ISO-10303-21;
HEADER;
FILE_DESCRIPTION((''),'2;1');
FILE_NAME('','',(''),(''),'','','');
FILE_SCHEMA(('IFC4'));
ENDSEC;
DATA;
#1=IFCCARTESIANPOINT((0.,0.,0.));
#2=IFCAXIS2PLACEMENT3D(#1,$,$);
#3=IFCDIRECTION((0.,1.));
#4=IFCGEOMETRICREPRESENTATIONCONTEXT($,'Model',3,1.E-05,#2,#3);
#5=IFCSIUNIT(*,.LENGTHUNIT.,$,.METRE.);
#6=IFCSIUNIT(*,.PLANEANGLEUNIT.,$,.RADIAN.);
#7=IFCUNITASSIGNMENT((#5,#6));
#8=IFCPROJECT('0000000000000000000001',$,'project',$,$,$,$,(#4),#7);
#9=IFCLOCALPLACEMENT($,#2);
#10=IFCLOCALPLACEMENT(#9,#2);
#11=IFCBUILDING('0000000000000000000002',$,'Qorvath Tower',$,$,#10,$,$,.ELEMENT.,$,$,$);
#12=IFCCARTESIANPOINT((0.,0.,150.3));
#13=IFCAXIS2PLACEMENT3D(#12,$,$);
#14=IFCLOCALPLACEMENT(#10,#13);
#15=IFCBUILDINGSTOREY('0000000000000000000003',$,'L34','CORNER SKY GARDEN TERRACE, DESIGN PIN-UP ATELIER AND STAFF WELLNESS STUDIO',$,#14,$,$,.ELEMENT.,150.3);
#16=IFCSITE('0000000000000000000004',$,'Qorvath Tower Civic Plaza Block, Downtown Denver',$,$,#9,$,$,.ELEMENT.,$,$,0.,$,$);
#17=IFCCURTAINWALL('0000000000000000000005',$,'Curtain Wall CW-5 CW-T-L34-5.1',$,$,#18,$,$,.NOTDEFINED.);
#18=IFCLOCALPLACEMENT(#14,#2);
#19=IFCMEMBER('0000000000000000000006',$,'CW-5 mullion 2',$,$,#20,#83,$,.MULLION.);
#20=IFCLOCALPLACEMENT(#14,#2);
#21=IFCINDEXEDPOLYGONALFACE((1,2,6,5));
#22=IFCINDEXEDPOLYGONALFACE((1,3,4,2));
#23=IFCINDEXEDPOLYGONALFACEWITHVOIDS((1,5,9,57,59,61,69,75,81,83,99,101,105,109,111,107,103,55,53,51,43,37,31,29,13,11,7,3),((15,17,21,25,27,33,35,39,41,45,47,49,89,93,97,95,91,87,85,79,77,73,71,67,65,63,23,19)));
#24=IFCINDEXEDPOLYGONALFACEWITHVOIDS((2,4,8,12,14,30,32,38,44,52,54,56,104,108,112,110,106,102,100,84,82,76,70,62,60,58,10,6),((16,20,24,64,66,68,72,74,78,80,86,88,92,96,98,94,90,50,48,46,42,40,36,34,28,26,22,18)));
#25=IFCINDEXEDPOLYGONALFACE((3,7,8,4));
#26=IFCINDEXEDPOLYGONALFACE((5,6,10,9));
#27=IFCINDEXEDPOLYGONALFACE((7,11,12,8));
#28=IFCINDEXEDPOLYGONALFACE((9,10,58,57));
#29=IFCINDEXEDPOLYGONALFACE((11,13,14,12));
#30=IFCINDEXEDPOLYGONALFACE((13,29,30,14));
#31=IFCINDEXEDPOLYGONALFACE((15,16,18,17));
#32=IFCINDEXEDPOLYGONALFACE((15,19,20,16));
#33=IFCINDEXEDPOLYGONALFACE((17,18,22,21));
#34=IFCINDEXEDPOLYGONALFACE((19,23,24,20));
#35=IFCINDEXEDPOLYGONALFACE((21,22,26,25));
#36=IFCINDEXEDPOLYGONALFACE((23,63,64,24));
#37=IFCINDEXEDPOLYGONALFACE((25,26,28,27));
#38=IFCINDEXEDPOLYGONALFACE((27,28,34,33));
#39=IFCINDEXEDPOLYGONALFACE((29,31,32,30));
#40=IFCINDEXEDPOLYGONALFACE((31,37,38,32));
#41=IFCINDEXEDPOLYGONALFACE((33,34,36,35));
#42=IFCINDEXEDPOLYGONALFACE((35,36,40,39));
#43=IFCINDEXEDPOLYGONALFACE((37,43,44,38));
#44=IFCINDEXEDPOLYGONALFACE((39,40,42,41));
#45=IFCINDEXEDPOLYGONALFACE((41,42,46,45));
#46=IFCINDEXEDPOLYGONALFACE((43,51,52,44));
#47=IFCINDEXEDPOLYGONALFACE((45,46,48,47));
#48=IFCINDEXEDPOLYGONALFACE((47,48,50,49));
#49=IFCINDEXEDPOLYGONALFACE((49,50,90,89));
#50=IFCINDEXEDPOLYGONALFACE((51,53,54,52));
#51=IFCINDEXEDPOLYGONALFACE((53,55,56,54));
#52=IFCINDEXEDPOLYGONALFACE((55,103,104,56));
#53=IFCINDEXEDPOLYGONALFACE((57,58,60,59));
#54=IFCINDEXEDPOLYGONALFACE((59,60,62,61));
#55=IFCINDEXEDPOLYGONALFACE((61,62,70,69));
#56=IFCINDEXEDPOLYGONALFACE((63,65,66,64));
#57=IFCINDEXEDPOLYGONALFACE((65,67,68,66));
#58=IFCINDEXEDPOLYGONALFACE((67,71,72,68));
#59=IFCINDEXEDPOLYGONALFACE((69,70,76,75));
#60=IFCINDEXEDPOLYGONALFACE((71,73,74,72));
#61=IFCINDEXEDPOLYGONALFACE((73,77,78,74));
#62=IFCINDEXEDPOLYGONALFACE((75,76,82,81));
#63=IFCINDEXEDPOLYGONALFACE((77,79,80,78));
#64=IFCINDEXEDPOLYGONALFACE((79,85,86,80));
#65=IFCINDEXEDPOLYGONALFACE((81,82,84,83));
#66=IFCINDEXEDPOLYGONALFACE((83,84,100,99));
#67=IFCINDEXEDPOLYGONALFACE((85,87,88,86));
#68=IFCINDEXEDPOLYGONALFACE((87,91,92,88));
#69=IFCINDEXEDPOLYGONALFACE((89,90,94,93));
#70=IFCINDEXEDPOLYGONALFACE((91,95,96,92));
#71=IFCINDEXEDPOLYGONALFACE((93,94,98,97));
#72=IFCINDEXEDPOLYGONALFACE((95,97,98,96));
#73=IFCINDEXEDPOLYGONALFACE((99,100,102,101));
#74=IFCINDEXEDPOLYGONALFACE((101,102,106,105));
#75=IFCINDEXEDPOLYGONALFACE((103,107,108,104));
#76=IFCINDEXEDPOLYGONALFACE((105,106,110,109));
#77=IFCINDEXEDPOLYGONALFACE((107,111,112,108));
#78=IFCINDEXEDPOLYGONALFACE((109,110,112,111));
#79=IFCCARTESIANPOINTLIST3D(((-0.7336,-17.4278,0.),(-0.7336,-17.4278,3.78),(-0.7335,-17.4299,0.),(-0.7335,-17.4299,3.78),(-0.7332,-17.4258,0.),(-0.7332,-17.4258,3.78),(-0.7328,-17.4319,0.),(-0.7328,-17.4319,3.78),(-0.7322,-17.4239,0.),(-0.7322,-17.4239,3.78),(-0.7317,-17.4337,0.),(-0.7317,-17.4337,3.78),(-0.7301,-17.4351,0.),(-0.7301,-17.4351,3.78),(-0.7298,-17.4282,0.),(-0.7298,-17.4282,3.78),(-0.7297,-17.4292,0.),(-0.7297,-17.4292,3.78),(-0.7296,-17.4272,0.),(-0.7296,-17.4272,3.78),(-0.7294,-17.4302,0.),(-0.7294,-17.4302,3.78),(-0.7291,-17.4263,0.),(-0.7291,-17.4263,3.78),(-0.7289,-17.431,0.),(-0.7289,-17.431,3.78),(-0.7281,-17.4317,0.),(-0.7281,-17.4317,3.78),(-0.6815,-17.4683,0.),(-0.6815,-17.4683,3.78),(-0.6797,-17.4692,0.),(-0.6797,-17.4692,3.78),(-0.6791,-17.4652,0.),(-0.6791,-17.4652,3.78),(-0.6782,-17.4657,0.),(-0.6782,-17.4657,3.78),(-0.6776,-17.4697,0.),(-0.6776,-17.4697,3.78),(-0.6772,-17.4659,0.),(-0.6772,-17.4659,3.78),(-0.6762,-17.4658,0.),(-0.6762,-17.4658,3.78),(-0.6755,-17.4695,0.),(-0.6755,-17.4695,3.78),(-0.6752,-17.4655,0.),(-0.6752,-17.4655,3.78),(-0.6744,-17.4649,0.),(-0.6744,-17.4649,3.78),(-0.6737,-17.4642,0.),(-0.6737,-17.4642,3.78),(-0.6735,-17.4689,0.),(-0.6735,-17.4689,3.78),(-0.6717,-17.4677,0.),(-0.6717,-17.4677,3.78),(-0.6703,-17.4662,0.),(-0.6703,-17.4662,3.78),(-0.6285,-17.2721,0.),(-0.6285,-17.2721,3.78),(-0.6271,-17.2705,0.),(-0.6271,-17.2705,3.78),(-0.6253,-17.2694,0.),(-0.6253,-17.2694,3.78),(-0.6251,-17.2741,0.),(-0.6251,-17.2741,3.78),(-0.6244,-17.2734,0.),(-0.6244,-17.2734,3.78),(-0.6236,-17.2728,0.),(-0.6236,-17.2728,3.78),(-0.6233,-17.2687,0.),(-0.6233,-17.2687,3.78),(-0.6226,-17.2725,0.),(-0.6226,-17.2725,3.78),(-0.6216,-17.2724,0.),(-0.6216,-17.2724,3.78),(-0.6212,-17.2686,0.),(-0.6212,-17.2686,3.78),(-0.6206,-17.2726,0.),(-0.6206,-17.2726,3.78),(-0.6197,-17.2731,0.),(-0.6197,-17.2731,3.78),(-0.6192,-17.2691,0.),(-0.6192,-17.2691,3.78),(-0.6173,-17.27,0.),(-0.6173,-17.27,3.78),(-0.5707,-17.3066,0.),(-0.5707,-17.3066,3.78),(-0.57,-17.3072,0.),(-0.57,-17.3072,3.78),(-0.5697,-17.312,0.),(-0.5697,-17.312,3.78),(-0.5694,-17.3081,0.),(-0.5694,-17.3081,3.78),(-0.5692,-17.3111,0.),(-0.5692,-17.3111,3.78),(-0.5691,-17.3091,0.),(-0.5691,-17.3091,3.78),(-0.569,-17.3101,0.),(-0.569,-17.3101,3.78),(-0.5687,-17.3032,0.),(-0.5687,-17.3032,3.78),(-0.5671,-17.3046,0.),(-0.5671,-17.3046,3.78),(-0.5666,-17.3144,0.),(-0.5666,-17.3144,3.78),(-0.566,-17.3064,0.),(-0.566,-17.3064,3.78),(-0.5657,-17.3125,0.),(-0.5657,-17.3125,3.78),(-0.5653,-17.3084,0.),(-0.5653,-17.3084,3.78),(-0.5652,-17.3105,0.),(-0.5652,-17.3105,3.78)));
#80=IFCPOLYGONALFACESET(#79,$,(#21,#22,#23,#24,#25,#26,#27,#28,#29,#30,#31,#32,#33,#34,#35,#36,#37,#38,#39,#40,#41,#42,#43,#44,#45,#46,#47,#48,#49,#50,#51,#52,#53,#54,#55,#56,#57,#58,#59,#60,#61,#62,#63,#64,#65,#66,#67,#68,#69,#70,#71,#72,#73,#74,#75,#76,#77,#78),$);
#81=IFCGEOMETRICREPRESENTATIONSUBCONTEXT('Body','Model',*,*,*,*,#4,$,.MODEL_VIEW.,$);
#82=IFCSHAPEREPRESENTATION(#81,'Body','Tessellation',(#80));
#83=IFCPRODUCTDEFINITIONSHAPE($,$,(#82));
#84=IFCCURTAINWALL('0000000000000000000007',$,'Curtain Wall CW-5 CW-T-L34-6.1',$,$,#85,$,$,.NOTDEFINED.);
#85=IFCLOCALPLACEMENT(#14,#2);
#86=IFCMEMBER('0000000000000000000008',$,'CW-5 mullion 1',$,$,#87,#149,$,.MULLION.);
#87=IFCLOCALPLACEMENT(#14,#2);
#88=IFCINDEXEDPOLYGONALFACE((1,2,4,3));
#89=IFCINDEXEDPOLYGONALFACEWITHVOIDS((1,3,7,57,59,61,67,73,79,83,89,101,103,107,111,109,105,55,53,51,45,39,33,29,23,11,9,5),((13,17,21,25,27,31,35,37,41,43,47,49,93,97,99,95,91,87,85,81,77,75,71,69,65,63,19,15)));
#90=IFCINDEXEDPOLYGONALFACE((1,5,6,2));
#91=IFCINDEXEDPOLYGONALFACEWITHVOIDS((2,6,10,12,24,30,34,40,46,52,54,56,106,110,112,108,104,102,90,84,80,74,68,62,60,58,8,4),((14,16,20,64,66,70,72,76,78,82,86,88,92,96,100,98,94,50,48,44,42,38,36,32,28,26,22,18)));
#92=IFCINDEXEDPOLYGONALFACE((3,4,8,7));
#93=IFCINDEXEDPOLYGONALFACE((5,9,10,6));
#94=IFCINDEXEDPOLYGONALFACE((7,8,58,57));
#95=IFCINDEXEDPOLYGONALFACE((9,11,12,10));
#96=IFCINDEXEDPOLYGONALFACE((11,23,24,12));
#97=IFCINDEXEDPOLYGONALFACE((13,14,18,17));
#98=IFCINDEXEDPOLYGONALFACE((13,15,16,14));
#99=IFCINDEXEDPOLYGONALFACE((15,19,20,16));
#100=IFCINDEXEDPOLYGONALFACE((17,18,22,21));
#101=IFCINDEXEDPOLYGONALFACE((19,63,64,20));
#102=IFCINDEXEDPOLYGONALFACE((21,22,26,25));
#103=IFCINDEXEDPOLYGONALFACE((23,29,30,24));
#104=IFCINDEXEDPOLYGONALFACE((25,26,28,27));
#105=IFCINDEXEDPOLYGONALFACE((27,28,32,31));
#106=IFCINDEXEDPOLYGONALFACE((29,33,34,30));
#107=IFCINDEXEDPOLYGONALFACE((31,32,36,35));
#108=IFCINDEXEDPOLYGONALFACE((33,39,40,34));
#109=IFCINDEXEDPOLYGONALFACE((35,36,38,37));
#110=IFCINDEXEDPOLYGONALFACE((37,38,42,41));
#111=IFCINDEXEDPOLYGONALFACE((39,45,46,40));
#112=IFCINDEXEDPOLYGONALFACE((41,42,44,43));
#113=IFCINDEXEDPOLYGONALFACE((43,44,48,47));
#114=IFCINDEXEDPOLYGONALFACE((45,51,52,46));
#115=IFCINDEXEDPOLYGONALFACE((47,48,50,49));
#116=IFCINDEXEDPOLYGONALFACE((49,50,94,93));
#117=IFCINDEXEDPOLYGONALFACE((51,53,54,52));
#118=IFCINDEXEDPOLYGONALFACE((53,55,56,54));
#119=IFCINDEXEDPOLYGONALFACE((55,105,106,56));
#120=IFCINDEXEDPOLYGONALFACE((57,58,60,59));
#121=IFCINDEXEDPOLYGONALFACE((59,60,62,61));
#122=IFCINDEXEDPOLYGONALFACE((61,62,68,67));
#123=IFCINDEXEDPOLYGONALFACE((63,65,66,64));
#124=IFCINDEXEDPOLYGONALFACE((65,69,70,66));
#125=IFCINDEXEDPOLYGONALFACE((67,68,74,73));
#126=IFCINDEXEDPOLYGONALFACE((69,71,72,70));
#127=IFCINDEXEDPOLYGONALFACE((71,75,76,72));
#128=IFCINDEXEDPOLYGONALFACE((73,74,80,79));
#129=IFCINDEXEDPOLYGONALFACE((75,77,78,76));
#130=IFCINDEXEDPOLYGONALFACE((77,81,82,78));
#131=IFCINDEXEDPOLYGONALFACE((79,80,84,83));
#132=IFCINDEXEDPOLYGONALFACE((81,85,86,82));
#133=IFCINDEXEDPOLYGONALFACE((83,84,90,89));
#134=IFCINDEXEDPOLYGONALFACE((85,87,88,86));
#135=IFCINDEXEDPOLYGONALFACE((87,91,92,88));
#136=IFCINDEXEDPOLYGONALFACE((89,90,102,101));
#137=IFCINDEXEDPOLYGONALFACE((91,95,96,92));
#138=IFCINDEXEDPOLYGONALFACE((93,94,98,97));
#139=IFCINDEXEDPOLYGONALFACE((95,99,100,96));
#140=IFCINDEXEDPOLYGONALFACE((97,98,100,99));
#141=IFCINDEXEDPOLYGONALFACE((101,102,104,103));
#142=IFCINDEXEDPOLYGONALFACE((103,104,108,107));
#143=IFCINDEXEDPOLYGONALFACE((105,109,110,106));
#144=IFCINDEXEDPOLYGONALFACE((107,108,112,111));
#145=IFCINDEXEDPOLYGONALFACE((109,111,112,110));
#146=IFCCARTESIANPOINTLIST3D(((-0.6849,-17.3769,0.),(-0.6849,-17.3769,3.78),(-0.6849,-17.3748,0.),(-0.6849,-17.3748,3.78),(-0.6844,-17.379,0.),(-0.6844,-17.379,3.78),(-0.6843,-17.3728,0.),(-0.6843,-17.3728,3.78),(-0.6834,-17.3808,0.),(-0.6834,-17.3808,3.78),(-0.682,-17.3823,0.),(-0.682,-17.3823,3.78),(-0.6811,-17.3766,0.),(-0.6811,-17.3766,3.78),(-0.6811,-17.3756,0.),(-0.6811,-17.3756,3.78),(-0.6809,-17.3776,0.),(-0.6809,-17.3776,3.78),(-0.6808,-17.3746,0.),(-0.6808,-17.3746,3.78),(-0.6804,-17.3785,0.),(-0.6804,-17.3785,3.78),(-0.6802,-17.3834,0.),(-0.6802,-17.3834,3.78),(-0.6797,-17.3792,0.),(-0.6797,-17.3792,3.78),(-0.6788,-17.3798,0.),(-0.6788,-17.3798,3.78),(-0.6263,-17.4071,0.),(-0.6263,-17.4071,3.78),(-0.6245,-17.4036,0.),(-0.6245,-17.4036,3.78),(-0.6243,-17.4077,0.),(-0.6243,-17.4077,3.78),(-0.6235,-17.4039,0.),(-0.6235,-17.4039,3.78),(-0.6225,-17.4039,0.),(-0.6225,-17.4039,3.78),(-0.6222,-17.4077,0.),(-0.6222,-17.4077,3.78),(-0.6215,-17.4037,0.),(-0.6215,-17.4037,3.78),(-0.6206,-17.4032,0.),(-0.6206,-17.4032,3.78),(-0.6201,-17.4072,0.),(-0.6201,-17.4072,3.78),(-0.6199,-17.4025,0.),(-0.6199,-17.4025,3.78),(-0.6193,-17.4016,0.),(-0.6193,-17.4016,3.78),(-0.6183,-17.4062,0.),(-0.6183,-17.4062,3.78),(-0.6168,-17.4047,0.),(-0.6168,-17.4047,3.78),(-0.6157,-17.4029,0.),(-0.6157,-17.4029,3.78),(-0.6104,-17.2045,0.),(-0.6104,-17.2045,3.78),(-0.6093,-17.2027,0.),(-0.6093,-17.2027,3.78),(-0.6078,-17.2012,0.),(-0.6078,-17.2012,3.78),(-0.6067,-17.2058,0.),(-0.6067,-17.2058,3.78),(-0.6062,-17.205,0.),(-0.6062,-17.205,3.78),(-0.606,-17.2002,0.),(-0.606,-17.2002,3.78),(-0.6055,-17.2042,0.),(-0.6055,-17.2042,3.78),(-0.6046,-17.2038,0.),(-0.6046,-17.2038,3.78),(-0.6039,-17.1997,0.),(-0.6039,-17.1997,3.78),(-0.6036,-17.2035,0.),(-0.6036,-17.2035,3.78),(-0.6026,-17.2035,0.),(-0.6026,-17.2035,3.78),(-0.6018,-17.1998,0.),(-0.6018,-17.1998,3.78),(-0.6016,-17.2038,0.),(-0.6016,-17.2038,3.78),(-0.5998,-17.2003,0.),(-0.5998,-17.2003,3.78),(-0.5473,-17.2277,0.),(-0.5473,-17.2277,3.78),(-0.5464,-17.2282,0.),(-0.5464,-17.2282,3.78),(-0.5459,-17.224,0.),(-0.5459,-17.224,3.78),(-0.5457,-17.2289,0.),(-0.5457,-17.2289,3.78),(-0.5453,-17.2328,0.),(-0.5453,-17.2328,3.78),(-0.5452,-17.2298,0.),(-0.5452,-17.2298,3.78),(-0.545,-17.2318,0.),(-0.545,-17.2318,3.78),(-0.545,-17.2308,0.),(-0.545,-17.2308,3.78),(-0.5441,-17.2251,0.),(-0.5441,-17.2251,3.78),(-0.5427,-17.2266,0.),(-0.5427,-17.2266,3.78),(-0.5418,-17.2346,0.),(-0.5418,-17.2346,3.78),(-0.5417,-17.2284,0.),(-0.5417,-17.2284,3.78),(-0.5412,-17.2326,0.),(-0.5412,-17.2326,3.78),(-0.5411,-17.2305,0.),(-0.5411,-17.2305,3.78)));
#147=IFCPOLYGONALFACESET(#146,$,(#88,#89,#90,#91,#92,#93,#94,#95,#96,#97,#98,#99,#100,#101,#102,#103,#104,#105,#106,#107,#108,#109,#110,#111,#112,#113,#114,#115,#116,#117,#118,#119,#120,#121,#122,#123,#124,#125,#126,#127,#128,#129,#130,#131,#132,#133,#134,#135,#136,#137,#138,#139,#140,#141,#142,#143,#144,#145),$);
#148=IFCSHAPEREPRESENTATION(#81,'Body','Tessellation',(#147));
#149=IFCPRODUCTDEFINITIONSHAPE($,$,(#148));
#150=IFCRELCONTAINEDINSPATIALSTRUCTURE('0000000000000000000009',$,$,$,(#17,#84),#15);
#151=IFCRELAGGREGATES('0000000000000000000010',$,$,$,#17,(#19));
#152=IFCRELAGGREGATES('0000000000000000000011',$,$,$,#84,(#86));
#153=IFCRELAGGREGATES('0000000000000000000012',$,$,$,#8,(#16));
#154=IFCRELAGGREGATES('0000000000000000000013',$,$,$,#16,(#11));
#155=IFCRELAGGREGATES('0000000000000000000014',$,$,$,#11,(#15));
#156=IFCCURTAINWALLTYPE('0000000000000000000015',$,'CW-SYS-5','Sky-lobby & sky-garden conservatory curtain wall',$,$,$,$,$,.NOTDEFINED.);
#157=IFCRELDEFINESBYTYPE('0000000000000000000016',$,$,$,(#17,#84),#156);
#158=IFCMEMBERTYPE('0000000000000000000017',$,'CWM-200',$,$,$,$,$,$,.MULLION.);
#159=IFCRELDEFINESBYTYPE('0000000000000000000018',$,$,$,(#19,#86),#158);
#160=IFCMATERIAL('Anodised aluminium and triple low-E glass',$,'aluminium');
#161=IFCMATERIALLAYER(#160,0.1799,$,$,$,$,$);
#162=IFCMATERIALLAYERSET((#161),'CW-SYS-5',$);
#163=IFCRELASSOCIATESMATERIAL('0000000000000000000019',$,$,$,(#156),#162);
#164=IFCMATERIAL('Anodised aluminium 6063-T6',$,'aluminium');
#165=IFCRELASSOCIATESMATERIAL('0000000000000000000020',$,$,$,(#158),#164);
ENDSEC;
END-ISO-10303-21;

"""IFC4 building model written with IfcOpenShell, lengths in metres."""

from ifc_helpers import new_model, si_unit, direction, frame, origin, origin_2d, place, context, subcontext, project, spatial, hollow_rectangle, extrude, material, layer, layer_set, material_profile, profile_set, type_object, element, aggregate, save


model = new_model("IFC4")

# Units and contexts
model_context = context("Model", 3, precision=1e-05, world=origin(), true_north=direction((0.0, 1.0)))
body_context = subcontext(model_context, "Body", "Model", "MODEL_VIEW")
ifc_project = project(units=[si_unit("LENGTHUNIT", "METRE"), si_unit("PLANEANGLEUNIT", "RADIAN")], contexts=[model_context])

# Site, building, storey
site_placement = place(None, origin())
site = spatial("IfcSite", under=ifc_project, at=site_placement, Name="Qorvath Tower Civic Plaza Block, Downtown Denver", CompositionType="ELEMENT", RefElevation=0.0)
building_placement = place(site_placement, origin())
building = spatial("IfcBuilding", under=site, at=building_placement, Name="Qorvath Tower", CompositionType="ELEMENT")
storey_placement = place(building_placement, frame((0.0, 0.0, 150.3)))
storey = spatial("IfcBuildingStorey", under=building, at=storey_placement, Name="L34", Description="CORNER SKY GARDEN TERRACE, DESIGN PIN-UP ATELIER AND STAFF WELLNESS STUDIO", CompositionType="ELEMENT", Elevation=150.3)

# Shared definitions
ifc_material_1 = material(Name="Anodised aluminium and triple low-E glass", Category="aluminium")
ifc_layer_1 = layer(ifc_material_1, 0.1799)
ifc_layer_set_1 = layer_set([ifc_layer_1], Name="CW-SYS-5")
curtain_wall_type = type_object("IfcCurtainWallType", Name="CW-SYS-5", Description="Sky-lobby & sky-garden conservatory curtain wall", PredefinedType="NOTDEFINED", material=ifc_layer_set_1)
ifc_material_2 = material(Name="Anodised aluminium 6063-T6", Category="aluminium")
ifc_material_profile_1 = material_profile(ifc_material_2, hollow_rectangle(XDim=0.075, YDim=0.2, WallThickness=0.0039, InnerFilletRadius=0.0039, OuterFilletRadius=0.0081, at=origin_2d()), Name="CWM 200x75")
ifc_profile_set_1 = profile_set([ifc_material_profile_1], Name="Anodised aluminium 6063-T6")
member_type_1 = type_object("IfcMemberType", Name="CWM-200", PredefinedType="MULLION", material=ifc_profile_set_1)

# Curtain walls, members
curtain_wall_1_placement = place(storey_placement, origin())
curtain_wall_1 = element("IfcCurtainWall", 1, at=curtain_wall_1_placement, inside=storey, type_object=curtain_wall_type, Name="Curtain Wall CW-5 CW-T-L34-5.1", PredefinedType="NOTDEFINED")
member_1_placement = place(storey_placement, frame((-0.6494, -17.3691, 0.0), z_axis=(0.0, 0.0, 1.0), x_axis=(-0.825581, 0.564284, 0.0)))
member_1 = element("IfcMember", 2, at=member_1_placement, type_object=member_type_1, Name="CW-5 mullion 2", PredefinedType="MULLION", context=body_context, shape_type="SweptSolid", body=[
    extrude(hollow_rectangle(XDim=0.075, YDim=0.2, WallThickness=0.0039, InnerFilletRadius=0.0039, OuterFilletRadius=0.0081, at=origin_2d()), origin(), (0.0, 0.0, 1.0), 3.78),
])
curtain_wall_2_placement = place(storey_placement, origin())
curtain_wall_2 = element("IfcCurtainWall", 3, at=curtain_wall_2_placement, inside=storey, type_object=curtain_wall_type, Name="Curtain Wall CW-5 CW-T-L34-6.1", PredefinedType="NOTDEFINED")
member_2_placement = place(storey_placement, frame((-0.613, -17.3037, 0.0), z_axis=(0.0, 0.0, 1.0), x_axis=(-0.915683, 0.401902, 0.0)))
member_2 = element("IfcMember", 4, at=member_2_placement, type_object=member_type_1, Name="CW-5 mullion 1", PredefinedType="MULLION", context=body_context, shape_type="SweptSolid", body=[
    extrude(hollow_rectangle(XDim=0.075, YDim=0.2, WallThickness=0.0039, InnerFilletRadius=0.0039, OuterFilletRadius=0.0081, at=origin_2d()), origin(), (0.0, 0.0, 1.0), 3.78),
])

aggregate(curtain_wall_1, [member_1])
aggregate(curtain_wall_2, [member_2])

save(model, "model.ifc")
